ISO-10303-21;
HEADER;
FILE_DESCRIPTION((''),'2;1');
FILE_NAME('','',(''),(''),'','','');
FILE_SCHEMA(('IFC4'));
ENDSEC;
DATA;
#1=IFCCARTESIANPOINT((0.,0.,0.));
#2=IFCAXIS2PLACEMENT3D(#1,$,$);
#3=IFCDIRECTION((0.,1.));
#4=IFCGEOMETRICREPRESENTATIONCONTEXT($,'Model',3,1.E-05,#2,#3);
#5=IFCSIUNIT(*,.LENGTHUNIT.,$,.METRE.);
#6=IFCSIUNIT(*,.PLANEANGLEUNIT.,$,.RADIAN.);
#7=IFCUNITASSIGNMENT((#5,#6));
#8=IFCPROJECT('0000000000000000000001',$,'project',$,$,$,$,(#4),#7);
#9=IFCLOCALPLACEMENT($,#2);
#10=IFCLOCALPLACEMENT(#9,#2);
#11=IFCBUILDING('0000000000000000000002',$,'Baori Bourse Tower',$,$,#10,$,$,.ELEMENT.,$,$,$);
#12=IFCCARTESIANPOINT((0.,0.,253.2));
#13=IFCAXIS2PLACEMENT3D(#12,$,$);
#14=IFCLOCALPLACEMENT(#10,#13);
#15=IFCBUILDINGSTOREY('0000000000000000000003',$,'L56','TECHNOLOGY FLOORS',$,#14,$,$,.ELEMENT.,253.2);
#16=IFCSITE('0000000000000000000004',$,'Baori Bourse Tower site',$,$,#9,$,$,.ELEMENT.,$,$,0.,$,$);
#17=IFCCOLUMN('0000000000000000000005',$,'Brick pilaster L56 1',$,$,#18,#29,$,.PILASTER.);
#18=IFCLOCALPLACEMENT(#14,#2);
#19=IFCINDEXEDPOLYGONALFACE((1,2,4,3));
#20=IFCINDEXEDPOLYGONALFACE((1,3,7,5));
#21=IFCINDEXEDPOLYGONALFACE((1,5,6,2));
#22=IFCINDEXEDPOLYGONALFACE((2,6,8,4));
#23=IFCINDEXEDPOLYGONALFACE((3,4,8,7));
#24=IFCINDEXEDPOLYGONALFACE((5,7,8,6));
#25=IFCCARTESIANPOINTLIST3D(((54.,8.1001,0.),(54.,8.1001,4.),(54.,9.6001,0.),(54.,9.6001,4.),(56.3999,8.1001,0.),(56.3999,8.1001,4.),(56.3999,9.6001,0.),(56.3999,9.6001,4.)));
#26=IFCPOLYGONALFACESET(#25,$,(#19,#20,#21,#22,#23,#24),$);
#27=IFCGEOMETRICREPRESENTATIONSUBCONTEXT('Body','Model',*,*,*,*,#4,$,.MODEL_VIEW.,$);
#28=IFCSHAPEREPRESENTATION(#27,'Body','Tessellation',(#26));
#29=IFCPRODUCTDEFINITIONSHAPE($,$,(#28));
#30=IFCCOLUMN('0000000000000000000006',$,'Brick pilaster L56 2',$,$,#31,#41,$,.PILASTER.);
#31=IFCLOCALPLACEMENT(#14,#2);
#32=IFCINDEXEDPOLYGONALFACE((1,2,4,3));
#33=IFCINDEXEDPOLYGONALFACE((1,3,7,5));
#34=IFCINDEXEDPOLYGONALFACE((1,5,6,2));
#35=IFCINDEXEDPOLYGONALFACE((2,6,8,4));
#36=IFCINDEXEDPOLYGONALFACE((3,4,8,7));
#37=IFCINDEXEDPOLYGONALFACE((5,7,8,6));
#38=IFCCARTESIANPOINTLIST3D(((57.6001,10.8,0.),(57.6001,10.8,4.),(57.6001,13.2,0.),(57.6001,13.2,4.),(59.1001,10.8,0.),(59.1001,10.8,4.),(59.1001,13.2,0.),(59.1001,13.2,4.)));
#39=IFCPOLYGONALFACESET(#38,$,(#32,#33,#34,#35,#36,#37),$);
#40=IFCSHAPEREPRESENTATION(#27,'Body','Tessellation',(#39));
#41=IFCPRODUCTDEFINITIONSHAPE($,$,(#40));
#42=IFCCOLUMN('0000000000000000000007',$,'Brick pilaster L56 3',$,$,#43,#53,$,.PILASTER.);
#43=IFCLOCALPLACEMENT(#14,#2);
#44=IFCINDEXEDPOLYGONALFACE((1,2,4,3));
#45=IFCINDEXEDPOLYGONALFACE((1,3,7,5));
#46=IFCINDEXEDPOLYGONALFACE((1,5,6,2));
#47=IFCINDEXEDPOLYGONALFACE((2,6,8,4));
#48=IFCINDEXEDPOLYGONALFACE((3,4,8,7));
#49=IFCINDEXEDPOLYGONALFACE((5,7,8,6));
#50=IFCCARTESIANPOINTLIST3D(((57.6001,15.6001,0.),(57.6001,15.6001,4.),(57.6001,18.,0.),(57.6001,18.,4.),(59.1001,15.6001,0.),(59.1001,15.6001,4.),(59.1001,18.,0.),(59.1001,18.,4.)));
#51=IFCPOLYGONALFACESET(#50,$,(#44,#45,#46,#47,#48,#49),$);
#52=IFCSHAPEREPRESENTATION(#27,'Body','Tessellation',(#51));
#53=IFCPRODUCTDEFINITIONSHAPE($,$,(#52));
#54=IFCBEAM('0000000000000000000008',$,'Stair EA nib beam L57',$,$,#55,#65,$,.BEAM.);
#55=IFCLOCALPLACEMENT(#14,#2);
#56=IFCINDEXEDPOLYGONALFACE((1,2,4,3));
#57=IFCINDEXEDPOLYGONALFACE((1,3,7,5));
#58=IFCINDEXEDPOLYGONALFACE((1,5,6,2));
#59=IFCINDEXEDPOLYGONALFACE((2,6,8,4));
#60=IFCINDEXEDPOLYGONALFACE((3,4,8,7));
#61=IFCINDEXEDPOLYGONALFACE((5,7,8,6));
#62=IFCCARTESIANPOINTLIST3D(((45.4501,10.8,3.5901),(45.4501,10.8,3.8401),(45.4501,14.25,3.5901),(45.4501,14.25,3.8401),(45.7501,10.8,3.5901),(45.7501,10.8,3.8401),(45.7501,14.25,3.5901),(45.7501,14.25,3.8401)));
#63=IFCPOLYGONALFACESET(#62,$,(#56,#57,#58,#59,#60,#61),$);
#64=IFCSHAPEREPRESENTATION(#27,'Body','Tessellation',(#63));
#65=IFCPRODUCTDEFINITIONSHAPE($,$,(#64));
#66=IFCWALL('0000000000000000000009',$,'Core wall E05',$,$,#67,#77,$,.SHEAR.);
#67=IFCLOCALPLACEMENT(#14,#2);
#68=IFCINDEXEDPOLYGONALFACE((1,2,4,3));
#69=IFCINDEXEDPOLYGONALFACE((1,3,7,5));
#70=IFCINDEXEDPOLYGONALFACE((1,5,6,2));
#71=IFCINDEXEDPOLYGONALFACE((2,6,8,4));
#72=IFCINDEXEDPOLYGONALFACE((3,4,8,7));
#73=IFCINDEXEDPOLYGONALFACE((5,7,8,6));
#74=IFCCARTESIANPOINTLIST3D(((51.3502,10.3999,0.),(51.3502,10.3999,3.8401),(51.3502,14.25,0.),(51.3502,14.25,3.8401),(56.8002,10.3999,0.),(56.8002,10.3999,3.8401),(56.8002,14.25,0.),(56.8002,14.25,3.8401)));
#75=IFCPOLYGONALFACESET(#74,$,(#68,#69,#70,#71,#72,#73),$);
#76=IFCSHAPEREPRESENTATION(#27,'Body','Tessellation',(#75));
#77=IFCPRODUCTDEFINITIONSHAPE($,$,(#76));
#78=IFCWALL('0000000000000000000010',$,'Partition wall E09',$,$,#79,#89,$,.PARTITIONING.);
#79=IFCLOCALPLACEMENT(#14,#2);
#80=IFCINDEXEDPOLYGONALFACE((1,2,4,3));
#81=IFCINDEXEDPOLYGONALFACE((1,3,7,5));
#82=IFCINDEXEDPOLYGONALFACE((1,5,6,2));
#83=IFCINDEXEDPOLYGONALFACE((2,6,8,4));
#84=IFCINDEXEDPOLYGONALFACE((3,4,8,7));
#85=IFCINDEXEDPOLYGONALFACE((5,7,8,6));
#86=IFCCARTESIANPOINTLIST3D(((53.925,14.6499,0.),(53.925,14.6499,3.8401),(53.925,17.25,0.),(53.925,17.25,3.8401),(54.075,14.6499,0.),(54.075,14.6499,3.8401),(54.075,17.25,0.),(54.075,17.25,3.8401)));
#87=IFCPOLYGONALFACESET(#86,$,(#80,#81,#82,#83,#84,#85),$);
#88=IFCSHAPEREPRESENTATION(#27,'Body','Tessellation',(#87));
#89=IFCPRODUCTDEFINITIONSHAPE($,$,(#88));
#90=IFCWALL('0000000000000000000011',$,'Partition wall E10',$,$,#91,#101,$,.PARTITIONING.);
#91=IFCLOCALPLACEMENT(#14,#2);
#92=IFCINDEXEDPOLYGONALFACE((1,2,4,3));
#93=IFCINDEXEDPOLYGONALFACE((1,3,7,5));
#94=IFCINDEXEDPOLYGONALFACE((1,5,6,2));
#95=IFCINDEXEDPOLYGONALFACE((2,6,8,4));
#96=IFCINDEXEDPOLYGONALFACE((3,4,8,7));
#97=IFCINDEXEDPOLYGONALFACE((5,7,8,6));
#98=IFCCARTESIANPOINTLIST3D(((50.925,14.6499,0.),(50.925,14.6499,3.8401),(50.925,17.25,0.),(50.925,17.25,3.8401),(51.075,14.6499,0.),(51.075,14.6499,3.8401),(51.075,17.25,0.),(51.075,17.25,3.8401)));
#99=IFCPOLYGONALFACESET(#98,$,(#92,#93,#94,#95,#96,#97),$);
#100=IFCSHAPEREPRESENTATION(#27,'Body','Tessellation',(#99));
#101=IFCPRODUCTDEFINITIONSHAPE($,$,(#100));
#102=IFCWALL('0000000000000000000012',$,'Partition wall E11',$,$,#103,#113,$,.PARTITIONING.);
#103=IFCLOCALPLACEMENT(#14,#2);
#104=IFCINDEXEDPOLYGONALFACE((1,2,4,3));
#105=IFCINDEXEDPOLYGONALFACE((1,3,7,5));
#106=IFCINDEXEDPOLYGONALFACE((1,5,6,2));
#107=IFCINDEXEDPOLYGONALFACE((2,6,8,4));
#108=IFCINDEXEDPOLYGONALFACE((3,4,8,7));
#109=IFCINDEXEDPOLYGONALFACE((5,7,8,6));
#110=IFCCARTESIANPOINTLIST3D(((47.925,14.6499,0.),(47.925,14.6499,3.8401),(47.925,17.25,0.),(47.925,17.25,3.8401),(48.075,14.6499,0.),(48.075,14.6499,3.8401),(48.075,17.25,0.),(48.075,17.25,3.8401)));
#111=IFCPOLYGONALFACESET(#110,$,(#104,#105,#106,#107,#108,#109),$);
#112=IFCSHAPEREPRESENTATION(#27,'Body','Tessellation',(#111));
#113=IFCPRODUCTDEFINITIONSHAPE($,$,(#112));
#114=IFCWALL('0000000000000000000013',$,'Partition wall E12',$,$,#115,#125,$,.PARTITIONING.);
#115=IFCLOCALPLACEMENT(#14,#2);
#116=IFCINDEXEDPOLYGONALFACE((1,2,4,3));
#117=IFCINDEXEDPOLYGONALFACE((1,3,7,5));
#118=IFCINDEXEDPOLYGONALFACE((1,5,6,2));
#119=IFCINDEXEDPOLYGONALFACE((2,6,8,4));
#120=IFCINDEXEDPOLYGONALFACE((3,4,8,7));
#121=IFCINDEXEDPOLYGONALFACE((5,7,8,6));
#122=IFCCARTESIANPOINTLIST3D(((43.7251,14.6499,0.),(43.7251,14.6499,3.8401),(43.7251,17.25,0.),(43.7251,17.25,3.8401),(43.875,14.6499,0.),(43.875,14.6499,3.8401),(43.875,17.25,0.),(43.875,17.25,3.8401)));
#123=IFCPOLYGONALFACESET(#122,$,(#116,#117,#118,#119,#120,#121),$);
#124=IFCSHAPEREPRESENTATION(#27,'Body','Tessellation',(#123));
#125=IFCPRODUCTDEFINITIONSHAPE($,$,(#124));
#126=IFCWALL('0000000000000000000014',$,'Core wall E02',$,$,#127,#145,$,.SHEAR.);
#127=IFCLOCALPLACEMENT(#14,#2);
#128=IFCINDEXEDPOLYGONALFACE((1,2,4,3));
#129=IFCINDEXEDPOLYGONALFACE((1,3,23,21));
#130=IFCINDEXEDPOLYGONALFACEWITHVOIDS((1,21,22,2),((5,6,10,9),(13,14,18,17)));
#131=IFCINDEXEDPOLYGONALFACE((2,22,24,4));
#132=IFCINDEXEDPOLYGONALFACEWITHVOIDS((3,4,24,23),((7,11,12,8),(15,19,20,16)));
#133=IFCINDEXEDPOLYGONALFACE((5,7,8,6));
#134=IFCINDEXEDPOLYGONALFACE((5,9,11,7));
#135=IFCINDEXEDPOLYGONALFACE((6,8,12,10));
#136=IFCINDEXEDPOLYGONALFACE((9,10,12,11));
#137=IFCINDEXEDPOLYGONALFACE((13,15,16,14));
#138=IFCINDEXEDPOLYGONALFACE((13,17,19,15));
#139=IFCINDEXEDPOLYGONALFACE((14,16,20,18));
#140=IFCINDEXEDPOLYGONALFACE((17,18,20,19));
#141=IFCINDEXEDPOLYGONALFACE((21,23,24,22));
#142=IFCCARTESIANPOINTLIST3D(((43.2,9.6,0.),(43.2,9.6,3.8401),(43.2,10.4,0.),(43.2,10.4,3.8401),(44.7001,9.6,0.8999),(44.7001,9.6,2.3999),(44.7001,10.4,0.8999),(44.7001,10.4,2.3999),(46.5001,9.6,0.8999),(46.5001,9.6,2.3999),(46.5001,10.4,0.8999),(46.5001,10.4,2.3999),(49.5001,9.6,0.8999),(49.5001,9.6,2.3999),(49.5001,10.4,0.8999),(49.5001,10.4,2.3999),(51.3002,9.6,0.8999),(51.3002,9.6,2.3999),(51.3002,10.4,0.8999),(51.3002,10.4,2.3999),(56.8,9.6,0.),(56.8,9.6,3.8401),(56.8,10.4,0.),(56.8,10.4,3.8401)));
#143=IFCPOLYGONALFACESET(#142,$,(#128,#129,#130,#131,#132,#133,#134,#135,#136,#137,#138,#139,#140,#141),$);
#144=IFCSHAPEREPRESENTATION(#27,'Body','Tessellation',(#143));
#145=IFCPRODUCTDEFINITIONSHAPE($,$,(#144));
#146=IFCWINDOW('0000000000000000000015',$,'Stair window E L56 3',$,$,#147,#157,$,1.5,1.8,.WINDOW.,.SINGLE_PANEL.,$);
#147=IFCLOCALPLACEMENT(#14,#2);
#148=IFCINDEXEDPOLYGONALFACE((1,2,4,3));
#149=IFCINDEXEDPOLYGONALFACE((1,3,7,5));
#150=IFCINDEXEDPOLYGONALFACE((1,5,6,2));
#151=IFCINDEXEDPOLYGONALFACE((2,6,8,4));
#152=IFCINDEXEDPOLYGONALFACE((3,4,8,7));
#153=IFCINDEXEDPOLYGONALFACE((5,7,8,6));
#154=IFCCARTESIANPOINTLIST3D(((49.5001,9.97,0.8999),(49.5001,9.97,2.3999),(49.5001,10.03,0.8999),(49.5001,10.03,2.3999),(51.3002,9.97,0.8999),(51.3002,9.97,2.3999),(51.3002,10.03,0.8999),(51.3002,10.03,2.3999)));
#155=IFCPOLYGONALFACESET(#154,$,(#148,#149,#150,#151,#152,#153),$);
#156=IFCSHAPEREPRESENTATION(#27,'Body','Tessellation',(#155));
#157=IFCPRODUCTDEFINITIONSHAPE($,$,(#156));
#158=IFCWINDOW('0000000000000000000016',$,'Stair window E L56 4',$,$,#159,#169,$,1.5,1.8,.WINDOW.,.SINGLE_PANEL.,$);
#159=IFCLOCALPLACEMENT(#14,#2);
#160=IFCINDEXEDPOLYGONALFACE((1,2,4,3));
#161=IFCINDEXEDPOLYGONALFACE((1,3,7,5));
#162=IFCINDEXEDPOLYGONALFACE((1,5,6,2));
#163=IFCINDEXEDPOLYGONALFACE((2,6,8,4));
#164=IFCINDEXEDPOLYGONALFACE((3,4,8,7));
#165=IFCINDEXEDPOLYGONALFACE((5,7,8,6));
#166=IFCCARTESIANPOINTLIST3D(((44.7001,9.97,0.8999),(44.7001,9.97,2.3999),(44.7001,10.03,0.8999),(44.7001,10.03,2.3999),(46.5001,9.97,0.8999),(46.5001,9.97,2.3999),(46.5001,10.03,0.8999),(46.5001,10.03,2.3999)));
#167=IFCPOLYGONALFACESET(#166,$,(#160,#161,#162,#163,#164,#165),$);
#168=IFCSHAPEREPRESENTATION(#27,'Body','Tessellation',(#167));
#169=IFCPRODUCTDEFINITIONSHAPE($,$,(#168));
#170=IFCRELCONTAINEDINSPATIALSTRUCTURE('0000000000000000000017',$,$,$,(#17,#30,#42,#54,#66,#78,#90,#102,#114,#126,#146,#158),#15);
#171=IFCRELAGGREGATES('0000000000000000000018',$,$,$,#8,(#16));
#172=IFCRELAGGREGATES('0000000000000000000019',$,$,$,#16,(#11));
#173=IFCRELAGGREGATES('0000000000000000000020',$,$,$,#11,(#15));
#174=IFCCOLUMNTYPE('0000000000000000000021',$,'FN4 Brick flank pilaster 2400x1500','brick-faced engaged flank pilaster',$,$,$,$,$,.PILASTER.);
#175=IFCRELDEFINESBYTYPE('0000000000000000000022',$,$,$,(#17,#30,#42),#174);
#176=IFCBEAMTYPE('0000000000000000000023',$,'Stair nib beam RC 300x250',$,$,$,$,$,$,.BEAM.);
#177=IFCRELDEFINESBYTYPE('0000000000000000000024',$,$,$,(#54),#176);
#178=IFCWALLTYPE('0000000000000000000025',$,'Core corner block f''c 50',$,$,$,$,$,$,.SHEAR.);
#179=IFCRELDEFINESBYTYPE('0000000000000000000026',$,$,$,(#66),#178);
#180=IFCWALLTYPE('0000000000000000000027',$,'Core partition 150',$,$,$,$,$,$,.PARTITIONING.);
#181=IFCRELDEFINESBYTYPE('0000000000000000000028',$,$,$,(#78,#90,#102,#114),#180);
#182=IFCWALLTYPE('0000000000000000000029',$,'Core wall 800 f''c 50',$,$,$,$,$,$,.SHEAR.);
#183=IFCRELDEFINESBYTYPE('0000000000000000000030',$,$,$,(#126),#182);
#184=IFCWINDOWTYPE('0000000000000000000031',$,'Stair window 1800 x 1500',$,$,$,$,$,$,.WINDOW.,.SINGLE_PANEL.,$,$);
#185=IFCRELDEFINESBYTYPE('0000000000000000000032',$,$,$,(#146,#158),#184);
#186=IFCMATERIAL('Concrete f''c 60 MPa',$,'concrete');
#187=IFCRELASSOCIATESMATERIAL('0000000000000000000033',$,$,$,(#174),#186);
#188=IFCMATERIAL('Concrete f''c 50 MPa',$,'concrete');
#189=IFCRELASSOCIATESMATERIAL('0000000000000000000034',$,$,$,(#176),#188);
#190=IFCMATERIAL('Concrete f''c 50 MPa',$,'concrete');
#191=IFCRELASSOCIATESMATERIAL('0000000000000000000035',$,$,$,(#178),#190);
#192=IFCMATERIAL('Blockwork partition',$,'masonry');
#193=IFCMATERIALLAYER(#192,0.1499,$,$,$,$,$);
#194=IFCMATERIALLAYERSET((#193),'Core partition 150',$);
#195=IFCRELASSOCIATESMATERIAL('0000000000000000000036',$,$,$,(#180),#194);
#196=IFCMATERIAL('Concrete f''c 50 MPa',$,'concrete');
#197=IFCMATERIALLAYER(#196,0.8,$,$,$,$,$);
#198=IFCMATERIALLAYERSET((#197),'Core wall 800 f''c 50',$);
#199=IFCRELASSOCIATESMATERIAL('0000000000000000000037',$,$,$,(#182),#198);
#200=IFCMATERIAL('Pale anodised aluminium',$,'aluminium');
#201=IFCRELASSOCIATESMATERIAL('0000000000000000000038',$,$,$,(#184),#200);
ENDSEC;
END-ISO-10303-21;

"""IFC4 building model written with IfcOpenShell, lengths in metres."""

from ifc_helpers import new_model, si_unit, direction, frame, frame_2d, origin, origin_2d, place, context, subcontext, project, spatial, rectangle, extrude, material, layer, layer_set, material_profile, profile_set, type_object, element, fill, save


model = new_model("IFC4")

# Units and contexts
model_context = context("Model", 3, precision=1e-05, world=origin(), true_north=direction((0.0, 1.0)))
body_context = subcontext(model_context, "Body", "Model", "MODEL_VIEW")
ifc_project = project(units=[si_unit("LENGTHUNIT", "METRE"), si_unit("PLANEANGLEUNIT", "RADIAN")], contexts=[model_context])

# Site, building, storey
site_placement = place(None, origin())
site = spatial("IfcSite", under=ifc_project, at=site_placement, Name="Baori Bourse Tower site", CompositionType="ELEMENT", RefElevation=0.0)
building_placement = place(site_placement, origin())
building = spatial("IfcBuilding", under=site, at=building_placement, Name="Baori Bourse Tower", CompositionType="ELEMENT")
storey_placement = place(building_placement, frame((0.0, 0.0, 253.2)))
storey = spatial("IfcBuildingStorey", under=building, at=storey_placement, Name="L56", Description="TECHNOLOGY FLOORS", CompositionType="ELEMENT", Elevation=253.2)

# Columns
ifc_material_1 = material(Name="Concrete f'c 60 MPa", Category="concrete")
ifc_material_profile_1 = material_profile(ifc_material_1, rectangle(XDim=2.3999, YDim=1.5, at=origin_2d()), Name="RC 2400x1500")
ifc_profile_set_1 = profile_set([ifc_material_profile_1], Name="Concrete f'c 60 MPa")
column_type = type_object("IfcColumnType", Name="FN4 Brick flank pilaster 2400x1500", Description="brick-faced engaged flank pilaster", PredefinedType="PILASTER", material=ifc_profile_set_1)
for number, where, z_axis, x_axis, name in (
    (1, (55.2, 8.8501, 0.0), (0.0, 0.0, 1.0), (1.0, 0.0, 0.0), "Brick pilaster L56 1"),
    (2, (58.3501, 12.0, 0.0), (0.0, 0.0, 1.0), (0.0, 1.0, 0.0), "Brick pilaster L56 2"),
    (3, (58.3501, 16.8, 0.0), (0.0, 0.0, 1.0), (0.0, 1.0, 0.0), "Brick pilaster L56 3"),
):
    element("IfcColumn", number, at=place(storey_placement, frame(where, z_axis=z_axis, x_axis=x_axis)), inside=storey, type_object=column_type, Name=name, PredefinedType="PILASTER", context=body_context, shape_type="SweptSolid", body=[
        extrude(rectangle(XDim=2.3999, YDim=1.5, at=origin_2d()), origin(), (0.0, 0.0, 1.0), 4.0),
    ])

# Beam
ifc_material_2 = material(Name="Concrete f'c 50 MPa", Category="concrete")
ifc_material_profile_2 = material_profile(ifc_material_2, rectangle(XDim=0.3, YDim=0.25, at=origin_2d()), Name="RC 300x250")
ifc_profile_set_2 = profile_set([ifc_material_profile_2], Name="Concrete f'c 50 MPa")
beam_type = type_object("IfcBeamType", Name="Stair nib beam RC 300x250", PredefinedType="BEAM", material=ifc_profile_set_2)
beam_placement = place(storey_placement, frame((45.6001, 10.8, 3.7151), z_axis=(0.0, 1.0, 0.0), x_axis=(-1.0, 0.0, 0.0)))
element("IfcBeam", 4, at=beam_placement, inside=storey, type_object=beam_type, Name="Stair EA nib beam L57", PredefinedType="BEAM", context=body_context, shape_type="SweptSolid", body=[
    extrude(rectangle(XDim=0.3, YDim=0.25, at=origin_2d()), origin(), (0.0, 0.0, 1.0), 3.45),
])

# Walls
ifc_material_3 = material(Name="Concrete f'c 50 MPa", Category="concrete")
wall_type_1 = type_object("IfcWallType", Name="Core corner block f'c 50", PredefinedType="SHEAR", material=ifc_material_3)
wall_1_placement = place(storey_placement, frame((51.3501, 12.325, 0.0), z_axis=(0.0, 0.0, 1.0), x_axis=(1.0, 0.0, 0.0)))
element("IfcWall", 5, at=wall_1_placement, inside=storey, type_object=wall_type_1, Name="Core wall E05", PredefinedType="SHEAR", context=body_context, shape_type="SweptSolid", body=[
    extrude(rectangle(XDim=5.45, YDim=3.8501, at=frame_2d((2.7251, 0.0))), origin(), (0.0, 0.0, 1.0), 3.8401),
])
ifc_material_4 = material(Name="Blockwork partition", Category="masonry")
ifc_layer_1 = layer(ifc_material_4, 0.1499)
ifc_layer_set_1 = layer_set([ifc_layer_1], Name="Core partition 150")
wall_type_2 = type_object("IfcWallType", Name="Core partition 150", PredefinedType="PARTITIONING", material=ifc_layer_set_1)
for number, where, z_axis, x_axis, name in (
    (6, (54.0, 14.6499, 0.0), (0.0, 0.0, 1.0), (0.0, 1.0, 0.0), "Partition wall E09"),
    (7, (51.0, 14.6499, 0.0), (0.0, 0.0, 1.0), (0.0, 1.0, 0.0), "Partition wall E10"),
    (8, (48.0, 14.6499, 0.0), (0.0, 0.0, 1.0), (0.0, 1.0, 0.0), "Partition wall E11"),
    (9, (43.8, 14.6499, 0.0), (0.0, 0.0, 1.0), (0.0, 1.0, 0.0), "Partition wall E12"),
):
    element("IfcWall", number, at=place(storey_placement, frame(where, z_axis=z_axis, x_axis=x_axis)), inside=storey, type_object=wall_type_2, Name=name, PredefinedType="PARTITIONING", context=body_context, shape_type="SweptSolid", body=[
        extrude(rectangle(XDim=2.6001, YDim=0.1499, at=frame_2d((1.3, 0.0))), origin(), (0.0, 0.0, 1.0), 3.8401),
    ])

# Wall, openings, windows
ifc_material_5 = material(Name="Concrete f'c 50 MPa", Category="concrete")
ifc_layer_2 = layer(ifc_material_5, 0.8)
ifc_layer_set_2 = layer_set([ifc_layer_2], Name="Core wall 800 f'c 50")
wall_type_3 = type_object("IfcWallType", Name="Core wall 800 f'c 50", PredefinedType="SHEAR", material=ifc_layer_set_2)
wall_2_placement = place(storey_placement, frame((56.8, 10.0, 0.0), z_axis=(0.0, 0.0, 1.0), x_axis=(-1.0, 0.0, 0.0)))
wall_2 = element("IfcWall", 10, at=wall_2_placement, inside=storey, type_object=wall_type_3, Name="Core wall E02", PredefinedType="SHEAR", context=body_context, shape_type="SweptSolid", body=[
    extrude(rectangle(XDim=13.6001, YDim=0.8, at=frame_2d((6.8, 0.0))), origin(), (0.0, 0.0, 1.0), 3.8401),
])
opening_1_placement = place(wall_2_placement, frame((5.5, 0.0, 0.8999)))
opening_1 = element("IfcOpeningElement", 11, at=opening_1_placement, cuts=wall_2, PredefinedType="OPENING", context=body_context, shape_type="SweptSolid", body=[
    extrude(rectangle(XDim=1.8, YDim=1.5, at=frame_2d((0.8999, 0.75))), frame((0.0, 0.4099, 0.0), z_axis=(0.0, -1.0, 0.0), x_axis=(1.0, 0.0, 0.0)), (0.0, 0.0, 1.0), 0.8201),
])
opening_2_placement = place(wall_2_placement, frame((10.3, 0.0, 0.8999)))
opening_2 = element("IfcOpeningElement", 12, at=opening_2_placement, cuts=wall_2, PredefinedType="OPENING", context=body_context, shape_type="SweptSolid", body=[
    extrude(rectangle(XDim=1.8, YDim=1.5, at=frame_2d((0.8999, 0.75))), frame((0.0, 0.4099, 0.0), z_axis=(0.0, -1.0, 0.0), x_axis=(1.0, 0.0, 0.0)), (0.0, 0.0, 1.0), 0.8201),
])
ifc_material_6 = material(Name="Pale anodised aluminium", Category="aluminium")
window_type = type_object("IfcWindowType", Name="Stair window 1800 x 1500", PartitioningType="SINGLE_PANEL", PredefinedType="WINDOW", material=ifc_material_6)
window_1_placement = place(opening_1_placement, origin())
window_1 = element("IfcWindow", 13, at=window_1_placement, inside=storey, type_object=window_type, Name="Stair window E L56 3", OverallHeight=1.5, OverallWidth=1.8, PartitioningType="SINGLE_PANEL", PredefinedType="WINDOW", context=body_context, shape_type="SweptSolid", body=[
    extrude(rectangle(XDim=1.8, YDim=1.5, at=frame_2d((0.8999, 0.75))), frame((0.0, 0.03, 0.0), z_axis=(0.0, -1.0, 0.0), x_axis=(1.0, 0.0, 0.0)), (0.0, 0.0, 1.0), 0.0601),
])
fill(opening_1, window_1)
window_2_placement = place(opening_2_placement, origin())
window_2 = element("IfcWindow", 14, at=window_2_placement, inside=storey, type_object=window_type, Name="Stair window E L56 4", OverallHeight=1.5, OverallWidth=1.8, PartitioningType="SINGLE_PANEL", PredefinedType="WINDOW", context=body_context, shape_type="SweptSolid", body=[
    extrude(rectangle(XDim=1.8, YDim=1.5, at=frame_2d((0.8999, 0.75))), frame((0.0, 0.03, 0.0), z_axis=(0.0, -1.0, 0.0), x_axis=(1.0, 0.0, 0.0)), (0.0, 0.0, 1.0), 0.0601),
])
fill(opening_2, window_2)

save(model, "model.ifc")
